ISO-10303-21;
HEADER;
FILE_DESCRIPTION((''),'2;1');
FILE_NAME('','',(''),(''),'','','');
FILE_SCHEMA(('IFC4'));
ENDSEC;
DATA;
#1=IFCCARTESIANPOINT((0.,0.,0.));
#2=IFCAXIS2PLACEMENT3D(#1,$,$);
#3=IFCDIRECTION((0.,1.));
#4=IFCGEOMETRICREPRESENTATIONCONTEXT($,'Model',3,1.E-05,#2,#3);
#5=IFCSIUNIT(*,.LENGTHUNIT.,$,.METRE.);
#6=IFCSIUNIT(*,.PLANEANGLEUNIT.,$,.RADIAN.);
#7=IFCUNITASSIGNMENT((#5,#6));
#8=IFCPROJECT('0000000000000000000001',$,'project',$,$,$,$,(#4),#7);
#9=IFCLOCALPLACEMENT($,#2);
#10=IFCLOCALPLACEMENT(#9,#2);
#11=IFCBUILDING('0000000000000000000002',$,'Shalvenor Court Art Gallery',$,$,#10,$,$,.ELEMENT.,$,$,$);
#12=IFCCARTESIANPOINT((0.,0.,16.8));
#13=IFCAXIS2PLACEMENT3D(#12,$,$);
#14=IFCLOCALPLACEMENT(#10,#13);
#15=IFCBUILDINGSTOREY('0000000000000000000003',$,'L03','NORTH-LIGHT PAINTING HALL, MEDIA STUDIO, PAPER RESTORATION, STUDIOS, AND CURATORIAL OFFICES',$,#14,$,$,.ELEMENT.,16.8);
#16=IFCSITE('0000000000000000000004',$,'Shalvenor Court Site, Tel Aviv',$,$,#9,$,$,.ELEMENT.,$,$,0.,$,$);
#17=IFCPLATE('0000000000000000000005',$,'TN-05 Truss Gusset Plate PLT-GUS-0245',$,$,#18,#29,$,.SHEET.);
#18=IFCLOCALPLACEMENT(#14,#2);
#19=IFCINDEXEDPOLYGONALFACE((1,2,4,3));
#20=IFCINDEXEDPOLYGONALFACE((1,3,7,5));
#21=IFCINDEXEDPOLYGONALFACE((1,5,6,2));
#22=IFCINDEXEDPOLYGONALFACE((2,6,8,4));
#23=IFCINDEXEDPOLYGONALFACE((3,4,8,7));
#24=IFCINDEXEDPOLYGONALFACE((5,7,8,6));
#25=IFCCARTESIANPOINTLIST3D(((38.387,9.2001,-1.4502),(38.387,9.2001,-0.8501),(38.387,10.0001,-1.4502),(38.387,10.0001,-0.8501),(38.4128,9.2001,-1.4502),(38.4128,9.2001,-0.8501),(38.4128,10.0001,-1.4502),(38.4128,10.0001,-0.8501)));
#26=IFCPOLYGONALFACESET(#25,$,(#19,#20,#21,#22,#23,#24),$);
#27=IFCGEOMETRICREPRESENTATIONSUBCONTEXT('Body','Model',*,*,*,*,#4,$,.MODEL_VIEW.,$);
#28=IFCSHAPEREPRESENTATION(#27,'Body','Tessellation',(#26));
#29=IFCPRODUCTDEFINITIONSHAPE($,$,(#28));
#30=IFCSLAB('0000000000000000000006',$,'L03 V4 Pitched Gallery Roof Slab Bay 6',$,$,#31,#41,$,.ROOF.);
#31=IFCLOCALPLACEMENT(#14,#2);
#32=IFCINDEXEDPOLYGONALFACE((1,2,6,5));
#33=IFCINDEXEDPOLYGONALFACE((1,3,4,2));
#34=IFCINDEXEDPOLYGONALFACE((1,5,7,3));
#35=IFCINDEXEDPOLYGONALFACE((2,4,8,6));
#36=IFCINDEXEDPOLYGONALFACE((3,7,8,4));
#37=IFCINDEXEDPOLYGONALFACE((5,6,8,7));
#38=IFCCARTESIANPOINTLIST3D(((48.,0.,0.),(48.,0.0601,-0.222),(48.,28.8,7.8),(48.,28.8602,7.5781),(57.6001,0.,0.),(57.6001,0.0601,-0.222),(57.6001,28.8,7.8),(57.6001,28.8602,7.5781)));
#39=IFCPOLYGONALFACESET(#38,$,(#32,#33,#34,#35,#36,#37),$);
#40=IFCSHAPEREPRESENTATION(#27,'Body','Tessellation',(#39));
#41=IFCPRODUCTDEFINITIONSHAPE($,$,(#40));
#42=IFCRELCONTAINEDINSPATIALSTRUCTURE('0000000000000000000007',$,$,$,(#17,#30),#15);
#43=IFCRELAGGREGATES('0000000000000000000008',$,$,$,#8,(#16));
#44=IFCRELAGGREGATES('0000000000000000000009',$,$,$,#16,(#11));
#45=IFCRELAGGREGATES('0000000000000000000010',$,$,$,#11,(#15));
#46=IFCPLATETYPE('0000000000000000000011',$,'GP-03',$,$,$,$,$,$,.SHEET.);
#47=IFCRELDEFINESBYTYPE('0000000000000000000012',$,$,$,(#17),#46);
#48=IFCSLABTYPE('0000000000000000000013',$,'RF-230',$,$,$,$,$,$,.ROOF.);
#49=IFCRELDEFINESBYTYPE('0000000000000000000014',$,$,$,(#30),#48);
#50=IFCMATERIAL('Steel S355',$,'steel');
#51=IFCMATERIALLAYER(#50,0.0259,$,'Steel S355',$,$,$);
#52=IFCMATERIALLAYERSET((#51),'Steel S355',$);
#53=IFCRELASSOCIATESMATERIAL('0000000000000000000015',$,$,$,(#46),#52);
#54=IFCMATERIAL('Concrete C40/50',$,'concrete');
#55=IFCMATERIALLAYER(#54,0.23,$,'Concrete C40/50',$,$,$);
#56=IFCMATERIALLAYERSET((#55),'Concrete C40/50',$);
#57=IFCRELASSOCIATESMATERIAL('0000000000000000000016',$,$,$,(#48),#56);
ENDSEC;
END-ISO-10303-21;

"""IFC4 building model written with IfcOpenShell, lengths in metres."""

from ifc_helpers import new_model, si_unit, direction, frame, origin, origin_2d, place, context, subcontext, project, spatial, polyline, rectangle, outline, extrude, material, layer, layer_set, type_object, element, save


model = new_model("IFC4")

# Units and contexts
model_context = context("Model", 3, precision=1e-05, world=origin(), true_north=direction((0.0, 1.0)))
body_context = subcontext(model_context, "Body", "Model", "MODEL_VIEW")
ifc_project = project(units=[si_unit("LENGTHUNIT", "METRE"), si_unit("PLANEANGLEUNIT", "RADIAN")], contexts=[model_context])

# Site, building, storey
site_placement = place(None, origin())
site = spatial("IfcSite", under=ifc_project, at=site_placement, Name="Shalvenor Court Site, Tel Aviv", CompositionType="ELEMENT", RefElevation=0.0)
building_placement = place(site_placement, origin())
building = spatial("IfcBuilding", under=site, at=building_placement, Name="Shalvenor Court Art Gallery", CompositionType="ELEMENT")
storey_placement = place(building_placement, frame((0.0, 0.0, 16.8)))
storey = spatial("IfcBuildingStorey", under=building, at=storey_placement, Name="L03", Description="NORTH-LIGHT PAINTING HALL, MEDIA STUDIO, PAPER RESTORATION, STUDIOS, AND CURATORIAL OFFICES", CompositionType="ELEMENT", Elevation=16.8)

# Plate
ifc_material_1 = material(Name="Steel S355", Category="steel")
ifc_layer_1 = layer(ifc_material_1, 0.0259, Name="Steel S355")
ifc_layer_set_1 = layer_set([ifc_layer_1], Name="Steel S355")
plate_type_1 = type_object("IfcPlateType", Name="GP-03", PredefinedType="SHEET", material=ifc_layer_set_1)
plate_1_placement = place(storey_placement, frame((38.3999, 9.6001, -1.4502), z_axis=(0.0, 0.0, 1.0), x_axis=(0.0, 1.0, 0.0)))
element("IfcPlate", 1, at=plate_1_placement, inside=storey, type_object=plate_type_1, Name="TN-05 Truss Gusset Plate PLT-GUS-0245", PredefinedType="SHEET", context=body_context, shape_type="SweptSolid", body=[
    extrude(rectangle(XDim=0.8, YDim=0.0259, at=origin_2d()), origin(), (0.0, 0.0, 1.0), 0.6001),
])

# Slab
ifc_material_2 = material(Name="Concrete C40/50", Category="concrete")
ifc_layer_2 = layer(ifc_material_2, 0.23, Name="Concrete C40/50")
ifc_layer_set_2 = layer_set([ifc_layer_2], Name="Concrete C40/50")
slab_type = type_object("IfcSlabType", Name="RF-230", PredefinedType="ROOF", material=ifc_layer_set_2)
slab_placement = place(storey_placement, frame((48.0, 0.0, 0.0), z_axis=(0.0, -0.261417, 0.965226), x_axis=(1.0, 0.0, 0.0)))
element("IfcSlab", 2, at=slab_placement, inside=storey, type_object=slab_type, Name="L03 V4 Pitched Gallery Roof Slab Bay 6", PredefinedType="ROOF", context=body_context, shape_type="SweptSolid", body=[
    extrude(outline(polyline([(0.0, 0.0), (9.6001, 0.0), (9.6001, 29.8376), (0.0, 29.8376), (0.0, 0.0)])), origin(), (0.0, 0.0, -1.0), 0.23),
])

save(model, "model.ifc")
